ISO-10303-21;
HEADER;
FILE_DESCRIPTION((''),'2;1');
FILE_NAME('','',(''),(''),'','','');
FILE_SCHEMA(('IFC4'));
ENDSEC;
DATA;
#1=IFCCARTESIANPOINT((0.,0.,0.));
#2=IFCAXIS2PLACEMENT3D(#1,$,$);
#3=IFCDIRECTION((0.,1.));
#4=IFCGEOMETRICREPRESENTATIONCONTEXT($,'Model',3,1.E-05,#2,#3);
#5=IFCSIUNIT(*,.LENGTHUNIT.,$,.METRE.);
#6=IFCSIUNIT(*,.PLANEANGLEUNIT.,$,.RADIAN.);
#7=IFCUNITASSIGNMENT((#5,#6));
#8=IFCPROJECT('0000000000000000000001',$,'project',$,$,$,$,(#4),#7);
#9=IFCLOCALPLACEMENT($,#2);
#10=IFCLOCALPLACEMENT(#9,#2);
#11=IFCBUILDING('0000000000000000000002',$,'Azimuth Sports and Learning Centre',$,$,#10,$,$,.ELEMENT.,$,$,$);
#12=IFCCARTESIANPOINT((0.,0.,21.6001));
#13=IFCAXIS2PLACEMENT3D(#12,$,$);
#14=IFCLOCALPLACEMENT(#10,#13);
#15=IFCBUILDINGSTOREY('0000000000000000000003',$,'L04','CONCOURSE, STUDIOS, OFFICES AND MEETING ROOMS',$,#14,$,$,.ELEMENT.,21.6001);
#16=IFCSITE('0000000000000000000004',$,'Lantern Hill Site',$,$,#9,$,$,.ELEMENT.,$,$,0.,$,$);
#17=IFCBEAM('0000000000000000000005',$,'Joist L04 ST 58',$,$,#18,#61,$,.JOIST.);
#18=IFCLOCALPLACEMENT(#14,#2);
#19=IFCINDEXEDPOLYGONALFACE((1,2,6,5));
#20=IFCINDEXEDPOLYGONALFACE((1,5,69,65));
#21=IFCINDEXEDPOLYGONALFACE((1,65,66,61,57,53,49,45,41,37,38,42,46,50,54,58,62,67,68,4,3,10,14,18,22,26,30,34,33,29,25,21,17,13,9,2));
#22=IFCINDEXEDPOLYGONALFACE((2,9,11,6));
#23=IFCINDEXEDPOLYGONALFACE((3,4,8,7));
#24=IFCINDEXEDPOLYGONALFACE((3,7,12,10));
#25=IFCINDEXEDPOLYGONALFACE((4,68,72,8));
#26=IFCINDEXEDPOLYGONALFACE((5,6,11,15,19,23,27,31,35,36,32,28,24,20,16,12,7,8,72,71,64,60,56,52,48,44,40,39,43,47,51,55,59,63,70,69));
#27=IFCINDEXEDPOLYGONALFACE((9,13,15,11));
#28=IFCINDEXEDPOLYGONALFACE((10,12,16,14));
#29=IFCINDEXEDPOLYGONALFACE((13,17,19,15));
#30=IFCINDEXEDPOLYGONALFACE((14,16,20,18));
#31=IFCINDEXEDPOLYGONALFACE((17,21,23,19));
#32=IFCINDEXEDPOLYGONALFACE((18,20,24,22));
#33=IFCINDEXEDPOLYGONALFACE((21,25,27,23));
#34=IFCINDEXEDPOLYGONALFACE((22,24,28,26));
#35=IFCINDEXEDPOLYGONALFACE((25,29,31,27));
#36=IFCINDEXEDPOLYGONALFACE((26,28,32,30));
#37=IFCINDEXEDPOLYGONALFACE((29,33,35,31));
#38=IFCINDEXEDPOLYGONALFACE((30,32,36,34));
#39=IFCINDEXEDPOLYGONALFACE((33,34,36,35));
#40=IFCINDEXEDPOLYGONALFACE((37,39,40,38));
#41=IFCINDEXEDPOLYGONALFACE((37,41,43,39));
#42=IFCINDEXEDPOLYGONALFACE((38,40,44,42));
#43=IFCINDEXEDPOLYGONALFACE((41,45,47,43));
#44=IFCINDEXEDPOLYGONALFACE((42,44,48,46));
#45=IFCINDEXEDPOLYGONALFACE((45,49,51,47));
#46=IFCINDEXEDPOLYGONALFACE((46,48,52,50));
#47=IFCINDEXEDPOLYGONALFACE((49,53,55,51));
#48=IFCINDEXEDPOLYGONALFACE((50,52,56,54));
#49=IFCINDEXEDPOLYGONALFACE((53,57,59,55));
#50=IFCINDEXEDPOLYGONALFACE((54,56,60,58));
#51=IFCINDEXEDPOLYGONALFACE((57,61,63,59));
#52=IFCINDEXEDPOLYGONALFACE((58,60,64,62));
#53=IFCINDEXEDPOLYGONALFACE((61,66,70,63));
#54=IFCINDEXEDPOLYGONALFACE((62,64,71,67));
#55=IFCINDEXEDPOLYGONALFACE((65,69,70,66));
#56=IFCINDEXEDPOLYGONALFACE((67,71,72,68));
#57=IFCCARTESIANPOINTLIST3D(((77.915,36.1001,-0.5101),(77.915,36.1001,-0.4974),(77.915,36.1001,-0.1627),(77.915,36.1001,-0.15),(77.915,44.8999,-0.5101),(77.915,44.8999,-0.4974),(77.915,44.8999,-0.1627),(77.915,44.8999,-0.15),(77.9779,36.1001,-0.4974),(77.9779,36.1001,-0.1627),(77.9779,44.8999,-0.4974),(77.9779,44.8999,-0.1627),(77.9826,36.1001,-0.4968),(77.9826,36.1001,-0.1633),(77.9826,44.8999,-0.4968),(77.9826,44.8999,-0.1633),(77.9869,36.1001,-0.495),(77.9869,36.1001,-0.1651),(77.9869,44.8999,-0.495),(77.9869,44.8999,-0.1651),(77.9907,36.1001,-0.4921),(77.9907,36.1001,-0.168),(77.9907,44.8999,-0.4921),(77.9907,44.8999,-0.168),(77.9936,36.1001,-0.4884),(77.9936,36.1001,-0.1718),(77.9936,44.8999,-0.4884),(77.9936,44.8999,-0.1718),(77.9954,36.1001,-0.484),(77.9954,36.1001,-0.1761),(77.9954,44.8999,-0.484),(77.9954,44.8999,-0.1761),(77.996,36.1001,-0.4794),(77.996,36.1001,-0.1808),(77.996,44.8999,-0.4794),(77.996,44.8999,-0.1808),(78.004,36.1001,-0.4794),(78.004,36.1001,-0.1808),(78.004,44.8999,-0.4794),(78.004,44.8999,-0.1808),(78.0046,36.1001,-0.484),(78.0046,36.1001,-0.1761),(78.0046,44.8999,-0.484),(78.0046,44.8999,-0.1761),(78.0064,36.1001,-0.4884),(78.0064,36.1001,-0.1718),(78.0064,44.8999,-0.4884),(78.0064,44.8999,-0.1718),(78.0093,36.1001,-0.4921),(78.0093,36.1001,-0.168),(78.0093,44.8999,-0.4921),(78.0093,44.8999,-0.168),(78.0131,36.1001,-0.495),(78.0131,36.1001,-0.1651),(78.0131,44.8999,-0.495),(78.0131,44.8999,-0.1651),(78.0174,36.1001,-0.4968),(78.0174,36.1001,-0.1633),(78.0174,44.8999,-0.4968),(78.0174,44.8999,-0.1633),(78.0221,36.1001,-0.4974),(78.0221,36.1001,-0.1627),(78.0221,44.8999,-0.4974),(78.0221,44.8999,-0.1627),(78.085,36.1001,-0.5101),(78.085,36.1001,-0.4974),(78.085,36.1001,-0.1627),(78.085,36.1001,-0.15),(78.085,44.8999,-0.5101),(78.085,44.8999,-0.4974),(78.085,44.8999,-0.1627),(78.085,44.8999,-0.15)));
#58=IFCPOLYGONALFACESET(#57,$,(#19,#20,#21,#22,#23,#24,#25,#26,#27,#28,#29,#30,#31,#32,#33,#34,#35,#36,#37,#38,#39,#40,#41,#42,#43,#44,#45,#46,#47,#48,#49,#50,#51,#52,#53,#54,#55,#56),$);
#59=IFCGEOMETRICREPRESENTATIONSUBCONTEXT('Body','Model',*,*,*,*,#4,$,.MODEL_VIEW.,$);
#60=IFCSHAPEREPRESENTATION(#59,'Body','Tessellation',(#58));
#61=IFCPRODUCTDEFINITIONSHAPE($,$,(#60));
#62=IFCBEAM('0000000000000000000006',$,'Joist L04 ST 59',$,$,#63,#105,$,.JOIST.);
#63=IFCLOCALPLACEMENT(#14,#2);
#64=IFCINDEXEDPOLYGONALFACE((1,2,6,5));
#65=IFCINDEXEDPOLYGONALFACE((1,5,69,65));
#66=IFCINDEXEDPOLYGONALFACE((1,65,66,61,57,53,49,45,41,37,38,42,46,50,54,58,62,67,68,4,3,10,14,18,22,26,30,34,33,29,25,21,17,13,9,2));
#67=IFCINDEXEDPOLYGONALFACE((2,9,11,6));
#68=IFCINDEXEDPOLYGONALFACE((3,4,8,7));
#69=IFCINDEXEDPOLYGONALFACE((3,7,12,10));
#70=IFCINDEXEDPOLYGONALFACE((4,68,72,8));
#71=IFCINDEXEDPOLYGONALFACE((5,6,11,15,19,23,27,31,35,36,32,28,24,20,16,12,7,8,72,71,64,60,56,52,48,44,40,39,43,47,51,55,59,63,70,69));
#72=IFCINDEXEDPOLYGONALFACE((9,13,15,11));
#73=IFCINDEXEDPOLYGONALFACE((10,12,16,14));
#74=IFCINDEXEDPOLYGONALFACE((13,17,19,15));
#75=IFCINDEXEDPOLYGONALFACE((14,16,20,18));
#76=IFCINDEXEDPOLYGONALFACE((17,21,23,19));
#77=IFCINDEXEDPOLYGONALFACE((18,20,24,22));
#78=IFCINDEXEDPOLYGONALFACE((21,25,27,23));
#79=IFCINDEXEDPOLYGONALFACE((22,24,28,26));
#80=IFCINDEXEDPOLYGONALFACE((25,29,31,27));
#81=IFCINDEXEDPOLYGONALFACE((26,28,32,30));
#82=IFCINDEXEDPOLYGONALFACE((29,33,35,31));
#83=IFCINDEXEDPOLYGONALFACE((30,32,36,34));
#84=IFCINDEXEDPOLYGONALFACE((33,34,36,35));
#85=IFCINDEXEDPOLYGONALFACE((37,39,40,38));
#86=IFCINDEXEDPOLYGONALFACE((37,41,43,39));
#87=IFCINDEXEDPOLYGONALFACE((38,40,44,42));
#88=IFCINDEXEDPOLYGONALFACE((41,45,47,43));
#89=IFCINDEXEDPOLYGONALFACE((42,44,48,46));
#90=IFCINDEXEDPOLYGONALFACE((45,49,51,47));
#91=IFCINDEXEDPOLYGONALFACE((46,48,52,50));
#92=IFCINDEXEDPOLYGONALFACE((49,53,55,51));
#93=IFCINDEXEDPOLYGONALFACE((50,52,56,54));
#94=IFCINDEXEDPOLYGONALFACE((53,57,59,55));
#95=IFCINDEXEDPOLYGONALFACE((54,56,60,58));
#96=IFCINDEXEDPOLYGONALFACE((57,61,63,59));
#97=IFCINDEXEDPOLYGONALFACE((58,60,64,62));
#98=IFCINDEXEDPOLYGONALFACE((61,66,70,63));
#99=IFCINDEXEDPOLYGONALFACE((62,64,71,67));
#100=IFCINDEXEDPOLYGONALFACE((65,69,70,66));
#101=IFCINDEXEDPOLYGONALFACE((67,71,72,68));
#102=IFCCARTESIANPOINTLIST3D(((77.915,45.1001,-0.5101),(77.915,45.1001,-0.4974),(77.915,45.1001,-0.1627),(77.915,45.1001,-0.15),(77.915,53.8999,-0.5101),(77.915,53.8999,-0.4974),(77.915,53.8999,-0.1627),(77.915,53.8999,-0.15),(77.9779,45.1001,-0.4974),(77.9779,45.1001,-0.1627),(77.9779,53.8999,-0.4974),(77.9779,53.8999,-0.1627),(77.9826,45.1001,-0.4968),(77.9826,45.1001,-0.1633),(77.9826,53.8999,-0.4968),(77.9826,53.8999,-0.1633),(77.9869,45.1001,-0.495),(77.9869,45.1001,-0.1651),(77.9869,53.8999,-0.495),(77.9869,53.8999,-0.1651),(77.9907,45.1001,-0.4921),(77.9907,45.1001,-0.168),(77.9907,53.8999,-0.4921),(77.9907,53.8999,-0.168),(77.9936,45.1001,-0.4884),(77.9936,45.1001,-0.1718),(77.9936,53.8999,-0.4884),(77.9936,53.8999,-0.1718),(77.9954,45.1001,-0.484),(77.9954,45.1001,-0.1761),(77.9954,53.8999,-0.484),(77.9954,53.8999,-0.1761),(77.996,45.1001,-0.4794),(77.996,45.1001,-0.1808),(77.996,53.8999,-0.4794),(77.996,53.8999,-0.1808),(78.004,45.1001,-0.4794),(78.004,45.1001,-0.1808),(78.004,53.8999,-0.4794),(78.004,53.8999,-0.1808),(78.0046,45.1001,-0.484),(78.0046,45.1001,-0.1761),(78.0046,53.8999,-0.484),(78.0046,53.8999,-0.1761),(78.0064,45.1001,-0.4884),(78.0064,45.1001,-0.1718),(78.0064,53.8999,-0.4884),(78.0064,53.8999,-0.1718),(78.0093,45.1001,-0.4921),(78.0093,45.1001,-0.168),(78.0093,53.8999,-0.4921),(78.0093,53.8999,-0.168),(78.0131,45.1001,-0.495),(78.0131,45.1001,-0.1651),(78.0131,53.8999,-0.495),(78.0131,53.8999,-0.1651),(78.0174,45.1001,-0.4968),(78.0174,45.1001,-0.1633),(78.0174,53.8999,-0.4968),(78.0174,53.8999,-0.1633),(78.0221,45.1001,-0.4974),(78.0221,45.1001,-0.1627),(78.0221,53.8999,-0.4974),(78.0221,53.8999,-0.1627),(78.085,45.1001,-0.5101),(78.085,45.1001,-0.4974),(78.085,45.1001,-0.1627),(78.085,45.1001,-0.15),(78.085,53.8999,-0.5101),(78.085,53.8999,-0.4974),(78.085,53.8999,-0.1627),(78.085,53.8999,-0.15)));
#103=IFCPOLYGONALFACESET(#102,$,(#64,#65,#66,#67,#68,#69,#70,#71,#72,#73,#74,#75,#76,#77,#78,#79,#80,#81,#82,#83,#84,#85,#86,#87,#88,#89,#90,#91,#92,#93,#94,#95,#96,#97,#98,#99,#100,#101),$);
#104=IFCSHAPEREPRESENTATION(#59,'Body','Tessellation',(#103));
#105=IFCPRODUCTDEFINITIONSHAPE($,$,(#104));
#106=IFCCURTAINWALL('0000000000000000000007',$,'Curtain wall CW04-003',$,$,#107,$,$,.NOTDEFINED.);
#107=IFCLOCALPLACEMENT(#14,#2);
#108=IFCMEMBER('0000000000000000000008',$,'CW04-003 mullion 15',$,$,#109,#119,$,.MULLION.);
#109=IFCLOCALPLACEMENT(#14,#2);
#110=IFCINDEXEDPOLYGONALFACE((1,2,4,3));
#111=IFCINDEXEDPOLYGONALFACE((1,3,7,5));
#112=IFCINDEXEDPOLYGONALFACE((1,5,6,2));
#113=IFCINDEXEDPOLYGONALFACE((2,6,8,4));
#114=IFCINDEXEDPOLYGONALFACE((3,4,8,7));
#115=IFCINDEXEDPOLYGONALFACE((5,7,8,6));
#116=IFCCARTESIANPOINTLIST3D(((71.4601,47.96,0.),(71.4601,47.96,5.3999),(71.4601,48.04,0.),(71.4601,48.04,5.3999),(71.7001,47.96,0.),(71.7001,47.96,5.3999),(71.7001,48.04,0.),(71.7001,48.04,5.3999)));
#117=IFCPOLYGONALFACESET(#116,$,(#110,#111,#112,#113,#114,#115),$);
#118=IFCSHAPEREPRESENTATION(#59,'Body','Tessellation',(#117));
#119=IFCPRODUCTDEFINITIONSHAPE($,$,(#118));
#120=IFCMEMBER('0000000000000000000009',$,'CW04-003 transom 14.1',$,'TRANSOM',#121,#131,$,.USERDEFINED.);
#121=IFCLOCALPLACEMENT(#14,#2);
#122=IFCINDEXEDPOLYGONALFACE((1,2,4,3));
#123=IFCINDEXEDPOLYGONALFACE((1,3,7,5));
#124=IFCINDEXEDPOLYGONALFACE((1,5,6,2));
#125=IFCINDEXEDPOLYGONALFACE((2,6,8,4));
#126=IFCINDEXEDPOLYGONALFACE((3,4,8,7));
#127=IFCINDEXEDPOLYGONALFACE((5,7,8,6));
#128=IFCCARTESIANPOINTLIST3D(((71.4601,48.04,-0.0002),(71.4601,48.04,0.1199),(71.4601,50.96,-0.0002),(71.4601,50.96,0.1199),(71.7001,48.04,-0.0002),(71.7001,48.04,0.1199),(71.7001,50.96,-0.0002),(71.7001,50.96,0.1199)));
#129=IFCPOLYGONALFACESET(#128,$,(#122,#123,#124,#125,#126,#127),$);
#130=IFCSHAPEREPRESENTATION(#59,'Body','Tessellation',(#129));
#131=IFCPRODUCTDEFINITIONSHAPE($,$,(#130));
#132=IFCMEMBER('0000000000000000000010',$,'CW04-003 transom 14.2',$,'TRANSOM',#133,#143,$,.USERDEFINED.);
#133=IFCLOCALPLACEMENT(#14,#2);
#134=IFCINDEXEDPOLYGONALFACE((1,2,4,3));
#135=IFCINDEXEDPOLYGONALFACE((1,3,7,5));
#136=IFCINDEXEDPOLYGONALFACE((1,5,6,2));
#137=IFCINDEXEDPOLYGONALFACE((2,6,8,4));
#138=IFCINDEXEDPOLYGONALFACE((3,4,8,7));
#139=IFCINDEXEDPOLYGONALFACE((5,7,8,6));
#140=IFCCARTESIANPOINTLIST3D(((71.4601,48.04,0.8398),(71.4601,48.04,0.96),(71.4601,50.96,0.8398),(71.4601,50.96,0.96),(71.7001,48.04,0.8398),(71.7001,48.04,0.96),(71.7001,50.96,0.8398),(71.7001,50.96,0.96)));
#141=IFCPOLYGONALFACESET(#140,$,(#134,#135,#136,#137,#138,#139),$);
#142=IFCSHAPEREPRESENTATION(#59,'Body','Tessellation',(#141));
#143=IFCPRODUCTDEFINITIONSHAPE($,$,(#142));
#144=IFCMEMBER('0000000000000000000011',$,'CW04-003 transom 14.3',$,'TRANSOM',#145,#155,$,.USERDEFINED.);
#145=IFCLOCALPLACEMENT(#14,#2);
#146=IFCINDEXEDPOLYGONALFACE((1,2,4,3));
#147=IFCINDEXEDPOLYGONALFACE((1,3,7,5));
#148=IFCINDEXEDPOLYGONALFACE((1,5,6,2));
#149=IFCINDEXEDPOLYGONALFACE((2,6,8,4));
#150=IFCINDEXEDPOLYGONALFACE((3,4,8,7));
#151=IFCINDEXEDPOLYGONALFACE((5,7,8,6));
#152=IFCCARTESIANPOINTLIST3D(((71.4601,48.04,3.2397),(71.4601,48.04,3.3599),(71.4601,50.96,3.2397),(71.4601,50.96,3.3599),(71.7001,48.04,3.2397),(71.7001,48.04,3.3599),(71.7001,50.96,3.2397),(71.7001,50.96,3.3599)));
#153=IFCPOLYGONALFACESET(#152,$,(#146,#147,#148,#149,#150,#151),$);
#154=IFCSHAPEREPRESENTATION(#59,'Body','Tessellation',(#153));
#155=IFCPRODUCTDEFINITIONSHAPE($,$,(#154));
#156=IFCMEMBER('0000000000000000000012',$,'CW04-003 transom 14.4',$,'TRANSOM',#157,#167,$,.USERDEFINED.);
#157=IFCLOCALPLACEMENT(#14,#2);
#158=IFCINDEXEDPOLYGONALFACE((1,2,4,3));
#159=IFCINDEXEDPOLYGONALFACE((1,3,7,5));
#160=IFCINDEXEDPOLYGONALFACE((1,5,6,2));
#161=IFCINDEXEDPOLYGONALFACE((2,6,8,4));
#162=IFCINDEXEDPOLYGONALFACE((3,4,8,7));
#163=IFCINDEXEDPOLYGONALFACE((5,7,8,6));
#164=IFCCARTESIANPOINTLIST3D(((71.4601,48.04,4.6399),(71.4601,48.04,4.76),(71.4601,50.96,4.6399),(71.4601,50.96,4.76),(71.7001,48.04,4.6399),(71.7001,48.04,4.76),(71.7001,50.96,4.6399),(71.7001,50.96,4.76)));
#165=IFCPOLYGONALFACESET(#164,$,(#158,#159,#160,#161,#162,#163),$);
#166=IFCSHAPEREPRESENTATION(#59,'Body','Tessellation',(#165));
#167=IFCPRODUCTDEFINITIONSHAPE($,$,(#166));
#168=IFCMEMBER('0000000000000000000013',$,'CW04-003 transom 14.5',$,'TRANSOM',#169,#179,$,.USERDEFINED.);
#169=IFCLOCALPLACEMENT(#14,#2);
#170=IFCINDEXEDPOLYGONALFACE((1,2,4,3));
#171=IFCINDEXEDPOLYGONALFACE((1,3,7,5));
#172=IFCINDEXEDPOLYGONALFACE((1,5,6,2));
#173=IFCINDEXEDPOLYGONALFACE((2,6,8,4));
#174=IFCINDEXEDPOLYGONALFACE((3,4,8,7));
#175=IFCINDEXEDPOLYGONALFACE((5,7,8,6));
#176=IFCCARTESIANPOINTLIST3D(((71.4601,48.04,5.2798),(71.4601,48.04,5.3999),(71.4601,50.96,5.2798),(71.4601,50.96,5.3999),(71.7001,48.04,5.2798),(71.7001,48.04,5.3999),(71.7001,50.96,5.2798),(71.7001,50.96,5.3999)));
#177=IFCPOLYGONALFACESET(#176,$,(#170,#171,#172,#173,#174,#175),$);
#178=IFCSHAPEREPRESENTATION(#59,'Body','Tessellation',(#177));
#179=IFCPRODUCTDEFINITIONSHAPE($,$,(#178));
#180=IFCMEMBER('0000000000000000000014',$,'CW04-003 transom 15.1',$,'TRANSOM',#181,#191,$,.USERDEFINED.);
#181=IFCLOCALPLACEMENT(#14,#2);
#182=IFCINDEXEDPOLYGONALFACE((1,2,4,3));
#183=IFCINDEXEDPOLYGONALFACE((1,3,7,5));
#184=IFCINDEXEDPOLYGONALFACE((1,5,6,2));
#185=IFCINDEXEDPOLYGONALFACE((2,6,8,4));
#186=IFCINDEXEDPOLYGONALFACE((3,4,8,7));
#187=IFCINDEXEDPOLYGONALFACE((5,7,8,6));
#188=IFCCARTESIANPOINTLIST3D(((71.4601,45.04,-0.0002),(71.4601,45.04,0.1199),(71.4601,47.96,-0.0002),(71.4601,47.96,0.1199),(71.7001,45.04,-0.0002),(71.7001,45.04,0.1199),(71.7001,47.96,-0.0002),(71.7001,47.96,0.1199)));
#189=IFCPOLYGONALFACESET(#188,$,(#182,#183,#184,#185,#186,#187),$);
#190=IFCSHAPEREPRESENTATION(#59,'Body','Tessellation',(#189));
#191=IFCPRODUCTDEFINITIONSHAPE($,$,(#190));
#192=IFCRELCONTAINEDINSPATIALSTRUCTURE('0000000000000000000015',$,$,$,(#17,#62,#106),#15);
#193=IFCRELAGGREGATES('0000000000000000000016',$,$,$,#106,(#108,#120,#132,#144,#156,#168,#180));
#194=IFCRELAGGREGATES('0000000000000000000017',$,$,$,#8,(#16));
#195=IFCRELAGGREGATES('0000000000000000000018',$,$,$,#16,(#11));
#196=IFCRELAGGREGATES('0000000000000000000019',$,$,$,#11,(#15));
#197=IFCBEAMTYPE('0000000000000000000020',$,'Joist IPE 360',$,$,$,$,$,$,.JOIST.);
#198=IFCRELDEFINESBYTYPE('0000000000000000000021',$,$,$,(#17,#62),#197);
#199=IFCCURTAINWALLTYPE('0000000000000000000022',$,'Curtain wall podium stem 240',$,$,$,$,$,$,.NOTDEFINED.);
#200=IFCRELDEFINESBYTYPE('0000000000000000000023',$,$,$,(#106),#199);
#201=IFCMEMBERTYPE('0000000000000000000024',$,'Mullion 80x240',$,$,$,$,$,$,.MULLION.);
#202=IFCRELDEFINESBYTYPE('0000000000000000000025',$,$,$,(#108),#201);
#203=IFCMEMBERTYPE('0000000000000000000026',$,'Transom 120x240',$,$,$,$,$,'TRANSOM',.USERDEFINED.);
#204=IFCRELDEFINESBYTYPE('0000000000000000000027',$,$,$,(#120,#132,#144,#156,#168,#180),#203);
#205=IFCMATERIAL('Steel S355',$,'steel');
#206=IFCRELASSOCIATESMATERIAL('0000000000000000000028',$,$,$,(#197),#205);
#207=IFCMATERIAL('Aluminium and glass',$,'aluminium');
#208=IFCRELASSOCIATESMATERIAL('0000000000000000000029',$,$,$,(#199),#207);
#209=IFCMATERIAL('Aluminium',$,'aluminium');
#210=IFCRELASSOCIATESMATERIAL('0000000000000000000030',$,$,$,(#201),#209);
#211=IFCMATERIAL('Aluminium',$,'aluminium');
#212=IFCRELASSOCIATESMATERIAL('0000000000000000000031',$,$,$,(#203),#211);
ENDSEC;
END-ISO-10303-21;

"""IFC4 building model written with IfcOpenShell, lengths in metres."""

from ifc_helpers import new_model, si_unit, direction, frame, origin, origin_2d, place, context, subcontext, project, spatial, rectangle, i_section, extrude, material, material_profile, profile_set, type_object, element, aggregate, save


model = new_model("IFC4")

# Units and contexts
model_context = context("Model", 3, precision=1e-05, world=origin(), true_north=direction((0.0, 1.0)))
body_context = subcontext(model_context, "Body", "Model", "MODEL_VIEW")
ifc_project = project(units=[si_unit("LENGTHUNIT", "METRE"), si_unit("PLANEANGLEUNIT", "RADIAN")], contexts=[model_context])

# Site, building, storey
site_placement = place(None, origin())
site = spatial("IfcSite", under=ifc_project, at=site_placement, Name="Lantern Hill Site", CompositionType="ELEMENT", RefElevation=0.0)
building_placement = place(site_placement, origin())
building = spatial("IfcBuilding", under=site, at=building_placement, Name="Azimuth Sports and Learning Centre", CompositionType="ELEMENT")
storey_placement = place(building_placement, frame((0.0, 0.0, 21.6001)))
storey = spatial("IfcBuildingStorey", under=building, at=storey_placement, Name="L04", Description="CONCOURSE, STUDIOS, OFFICES AND MEETING ROOMS", CompositionType="ELEMENT", Elevation=21.6001)

# Beams
ifc_material_1 = material(Name="Steel S355", Category="steel")
ifc_material_profile_1 = material_profile(ifc_material_1, i_section(OverallWidth=0.1699, OverallDepth=0.3601, WebThickness=0.0081, FlangeThickness=0.0127, FilletRadius=0.0181, at=origin_2d()), Name="IPE 360")
ifc_profile_set_1 = profile_set([ifc_material_profile_1], Name="Steel S355")
beam_type_1 = type_object("IfcBeamType", Name="Joist IPE 360", PredefinedType="JOIST", material=ifc_profile_set_1)
for number, where, z_axis, x_axis, name in (
    (1, (78.0, 36.1001, -0.3301), (0.0, 1.0, 0.0), (-1.0, 0.0, 0.0), "Joist L04 ST 58"),
    (2, (78.0, 45.1001, -0.3301), (0.0, 1.0, 0.0), (-1.0, 0.0, 0.0), "Joist L04 ST 59"),
):
    element("IfcBeam", number, at=place(storey_placement, frame(where, z_axis=z_axis, x_axis=x_axis)), inside=storey, type_object=beam_type_1, Name=name, PredefinedType="JOIST", context=body_context, shape_type="SweptSolid", body=[
        extrude(i_section(OverallWidth=0.1699, OverallDepth=0.3601, WebThickness=0.0081, FlangeThickness=0.0127, FilletRadius=0.0181, at=origin_2d()), origin(), (0.0, 0.0, 1.0), 8.7998),
    ])

# Curtain wall, members
ifc_material_2 = material(Name="Aluminium and glass", Category="aluminium")
curtain_wall_type = type_object("IfcCurtainWallType", Name="Curtain wall podium stem 240", PredefinedType="NOTDEFINED", material=ifc_material_2)
curtain_wall_placement = place(storey_placement, origin())
curtain_wall = element("IfcCurtainWall", 3, at=curtain_wall_placement, inside=storey, type_object=curtain_wall_type, Name="Curtain wall CW04-003", PredefinedType="NOTDEFINED")
ifc_material_3 = material(Name="Aluminium", Category="aluminium")
ifc_material_profile_2 = material_profile(ifc_material_3, rectangle(XDim=0.24, YDim=0.0801, at=origin_2d()), Name="Mullion 80x240")
ifc_profile_set_2 = profile_set([ifc_material_profile_2], Name="Aluminium")
member_type_1 = type_object("IfcMemberType", Name="Mullion 80x240", PredefinedType="MULLION", material=ifc_profile_set_2)
member_1_placement = place(storey_placement, frame((71.5801, 48.0, 0.0), z_axis=(0.0, 0.0, 1.0), x_axis=(1.0, 0.0, 0.0)))
member_1 = element("IfcMember", 4, at=member_1_placement, type_object=member_type_1, Name="CW04-003 mullion 15", PredefinedType="MULLION", context=body_context, shape_type="SweptSolid", body=[
    extrude(rectangle(XDim=0.24, YDim=0.0801, at=origin_2d()), origin(), (0.0, 0.0, 1.0), 5.3999),
])
ifc_material_4 = material(Name="Aluminium", Category="aluminium")
ifc_material_profile_3 = material_profile(ifc_material_4, rectangle(XDim=0.24, YDim=0.1201, at=origin_2d()), Name="Transom 120x240")
ifc_profile_set_3 = profile_set([ifc_material_profile_3], Name="Aluminium")
member_type_2 = type_object("IfcMemberType", Name="Transom 120x240", ElementType="TRANSOM", PredefinedType="USERDEFINED", material=ifc_profile_set_3)
member_2_placement = place(storey_placement, frame((71.5801, 50.96, 0.0598), z_axis=(0.0, -1.0, 0.0), x_axis=(1.0, 0.0, 0.0)))
member_2 = element("IfcMember", 5, at=member_2_placement, type_object=member_type_2, Name="CW04-003 transom 14.1", ObjectType="TRANSOM", PredefinedType="USERDEFINED", context=body_context, shape_type="SweptSolid", body=[
    extrude(rectangle(XDim=0.24, YDim=0.1201, at=origin_2d()), origin(), (0.0, 0.0, 1.0), 2.9199),
])
member_3_placement = place(storey_placement, frame((71.5801, 50.96, 0.8999), z_axis=(0.0, -1.0, 0.0), x_axis=(1.0, 0.0, 0.0)))
member_3 = element("IfcMember", 6, at=member_3_placement, type_object=member_type_2, Name="CW04-003 transom 14.2", ObjectType="TRANSOM", PredefinedType="USERDEFINED", context=body_context, shape_type="SweptSolid", body=[
    extrude(rectangle(XDim=0.24, YDim=0.1201, at=origin_2d()), origin(), (0.0, 0.0, 1.0), 2.9199),
])
member_4_placement = place(storey_placement, frame((71.5801, 50.96, 3.2998), z_axis=(0.0, -1.0, 0.0), x_axis=(1.0, 0.0, 0.0)))
member_4 = element("IfcMember", 7, at=member_4_placement, type_object=member_type_2, Name="CW04-003 transom 14.3", ObjectType="TRANSOM", PredefinedType="USERDEFINED", context=body_context, shape_type="SweptSolid", body=[
    extrude(rectangle(XDim=0.24, YDim=0.1201, at=origin_2d()), origin(), (0.0, 0.0, 1.0), 2.9199),
])
member_5_placement = place(storey_placement, frame((71.5801, 50.96, 4.7), z_axis=(0.0, -1.0, 0.0), x_axis=(1.0, 0.0, 0.0)))
member_5 = element("IfcMember", 8, at=member_5_placement, type_object=member_type_2, Name="CW04-003 transom 14.4", ObjectType="TRANSOM", PredefinedType="USERDEFINED", context=body_context, shape_type="SweptSolid", body=[
    extrude(rectangle(XDim=0.24, YDim=0.1201, at=origin_2d()), origin(), (0.0, 0.0, 1.0), 2.9199),
])
member_6_placement = place(storey_placement, frame((71.5801, 50.96, 5.3398), z_axis=(0.0, -1.0, 0.0), x_axis=(1.0, 0.0, 0.0)))
member_6 = element("IfcMember", 9, at=member_6_placement, type_object=member_type_2, Name="CW04-003 transom 14.5", ObjectType="TRANSOM", PredefinedType="USERDEFINED", context=body_context, shape_type="SweptSolid", body=[
    extrude(rectangle(XDim=0.24, YDim=0.1201, at=origin_2d()), origin(), (0.0, 0.0, 1.0), 2.9199),
])
member_7_placement = place(storey_placement, frame((71.5801, 47.96, 0.0598), z_axis=(0.0, -1.0, 0.0), x_axis=(1.0, 0.0, 0.0)))
member_7 = element("IfcMember", 10, at=member_7_placement, type_object=member_type_2, Name="CW04-003 transom 15.1", ObjectType="TRANSOM", PredefinedType="USERDEFINED", context=body_context, shape_type="SweptSolid", body=[
    extrude(rectangle(XDim=0.24, YDim=0.1201, at=origin_2d()), origin(), (0.0, 0.0, 1.0), 2.9199),
])
aggregate(curtain_wall, [member_1, member_2, member_3, member_4, member_5, member_6, member_7])

save(model, "model.ifc")
